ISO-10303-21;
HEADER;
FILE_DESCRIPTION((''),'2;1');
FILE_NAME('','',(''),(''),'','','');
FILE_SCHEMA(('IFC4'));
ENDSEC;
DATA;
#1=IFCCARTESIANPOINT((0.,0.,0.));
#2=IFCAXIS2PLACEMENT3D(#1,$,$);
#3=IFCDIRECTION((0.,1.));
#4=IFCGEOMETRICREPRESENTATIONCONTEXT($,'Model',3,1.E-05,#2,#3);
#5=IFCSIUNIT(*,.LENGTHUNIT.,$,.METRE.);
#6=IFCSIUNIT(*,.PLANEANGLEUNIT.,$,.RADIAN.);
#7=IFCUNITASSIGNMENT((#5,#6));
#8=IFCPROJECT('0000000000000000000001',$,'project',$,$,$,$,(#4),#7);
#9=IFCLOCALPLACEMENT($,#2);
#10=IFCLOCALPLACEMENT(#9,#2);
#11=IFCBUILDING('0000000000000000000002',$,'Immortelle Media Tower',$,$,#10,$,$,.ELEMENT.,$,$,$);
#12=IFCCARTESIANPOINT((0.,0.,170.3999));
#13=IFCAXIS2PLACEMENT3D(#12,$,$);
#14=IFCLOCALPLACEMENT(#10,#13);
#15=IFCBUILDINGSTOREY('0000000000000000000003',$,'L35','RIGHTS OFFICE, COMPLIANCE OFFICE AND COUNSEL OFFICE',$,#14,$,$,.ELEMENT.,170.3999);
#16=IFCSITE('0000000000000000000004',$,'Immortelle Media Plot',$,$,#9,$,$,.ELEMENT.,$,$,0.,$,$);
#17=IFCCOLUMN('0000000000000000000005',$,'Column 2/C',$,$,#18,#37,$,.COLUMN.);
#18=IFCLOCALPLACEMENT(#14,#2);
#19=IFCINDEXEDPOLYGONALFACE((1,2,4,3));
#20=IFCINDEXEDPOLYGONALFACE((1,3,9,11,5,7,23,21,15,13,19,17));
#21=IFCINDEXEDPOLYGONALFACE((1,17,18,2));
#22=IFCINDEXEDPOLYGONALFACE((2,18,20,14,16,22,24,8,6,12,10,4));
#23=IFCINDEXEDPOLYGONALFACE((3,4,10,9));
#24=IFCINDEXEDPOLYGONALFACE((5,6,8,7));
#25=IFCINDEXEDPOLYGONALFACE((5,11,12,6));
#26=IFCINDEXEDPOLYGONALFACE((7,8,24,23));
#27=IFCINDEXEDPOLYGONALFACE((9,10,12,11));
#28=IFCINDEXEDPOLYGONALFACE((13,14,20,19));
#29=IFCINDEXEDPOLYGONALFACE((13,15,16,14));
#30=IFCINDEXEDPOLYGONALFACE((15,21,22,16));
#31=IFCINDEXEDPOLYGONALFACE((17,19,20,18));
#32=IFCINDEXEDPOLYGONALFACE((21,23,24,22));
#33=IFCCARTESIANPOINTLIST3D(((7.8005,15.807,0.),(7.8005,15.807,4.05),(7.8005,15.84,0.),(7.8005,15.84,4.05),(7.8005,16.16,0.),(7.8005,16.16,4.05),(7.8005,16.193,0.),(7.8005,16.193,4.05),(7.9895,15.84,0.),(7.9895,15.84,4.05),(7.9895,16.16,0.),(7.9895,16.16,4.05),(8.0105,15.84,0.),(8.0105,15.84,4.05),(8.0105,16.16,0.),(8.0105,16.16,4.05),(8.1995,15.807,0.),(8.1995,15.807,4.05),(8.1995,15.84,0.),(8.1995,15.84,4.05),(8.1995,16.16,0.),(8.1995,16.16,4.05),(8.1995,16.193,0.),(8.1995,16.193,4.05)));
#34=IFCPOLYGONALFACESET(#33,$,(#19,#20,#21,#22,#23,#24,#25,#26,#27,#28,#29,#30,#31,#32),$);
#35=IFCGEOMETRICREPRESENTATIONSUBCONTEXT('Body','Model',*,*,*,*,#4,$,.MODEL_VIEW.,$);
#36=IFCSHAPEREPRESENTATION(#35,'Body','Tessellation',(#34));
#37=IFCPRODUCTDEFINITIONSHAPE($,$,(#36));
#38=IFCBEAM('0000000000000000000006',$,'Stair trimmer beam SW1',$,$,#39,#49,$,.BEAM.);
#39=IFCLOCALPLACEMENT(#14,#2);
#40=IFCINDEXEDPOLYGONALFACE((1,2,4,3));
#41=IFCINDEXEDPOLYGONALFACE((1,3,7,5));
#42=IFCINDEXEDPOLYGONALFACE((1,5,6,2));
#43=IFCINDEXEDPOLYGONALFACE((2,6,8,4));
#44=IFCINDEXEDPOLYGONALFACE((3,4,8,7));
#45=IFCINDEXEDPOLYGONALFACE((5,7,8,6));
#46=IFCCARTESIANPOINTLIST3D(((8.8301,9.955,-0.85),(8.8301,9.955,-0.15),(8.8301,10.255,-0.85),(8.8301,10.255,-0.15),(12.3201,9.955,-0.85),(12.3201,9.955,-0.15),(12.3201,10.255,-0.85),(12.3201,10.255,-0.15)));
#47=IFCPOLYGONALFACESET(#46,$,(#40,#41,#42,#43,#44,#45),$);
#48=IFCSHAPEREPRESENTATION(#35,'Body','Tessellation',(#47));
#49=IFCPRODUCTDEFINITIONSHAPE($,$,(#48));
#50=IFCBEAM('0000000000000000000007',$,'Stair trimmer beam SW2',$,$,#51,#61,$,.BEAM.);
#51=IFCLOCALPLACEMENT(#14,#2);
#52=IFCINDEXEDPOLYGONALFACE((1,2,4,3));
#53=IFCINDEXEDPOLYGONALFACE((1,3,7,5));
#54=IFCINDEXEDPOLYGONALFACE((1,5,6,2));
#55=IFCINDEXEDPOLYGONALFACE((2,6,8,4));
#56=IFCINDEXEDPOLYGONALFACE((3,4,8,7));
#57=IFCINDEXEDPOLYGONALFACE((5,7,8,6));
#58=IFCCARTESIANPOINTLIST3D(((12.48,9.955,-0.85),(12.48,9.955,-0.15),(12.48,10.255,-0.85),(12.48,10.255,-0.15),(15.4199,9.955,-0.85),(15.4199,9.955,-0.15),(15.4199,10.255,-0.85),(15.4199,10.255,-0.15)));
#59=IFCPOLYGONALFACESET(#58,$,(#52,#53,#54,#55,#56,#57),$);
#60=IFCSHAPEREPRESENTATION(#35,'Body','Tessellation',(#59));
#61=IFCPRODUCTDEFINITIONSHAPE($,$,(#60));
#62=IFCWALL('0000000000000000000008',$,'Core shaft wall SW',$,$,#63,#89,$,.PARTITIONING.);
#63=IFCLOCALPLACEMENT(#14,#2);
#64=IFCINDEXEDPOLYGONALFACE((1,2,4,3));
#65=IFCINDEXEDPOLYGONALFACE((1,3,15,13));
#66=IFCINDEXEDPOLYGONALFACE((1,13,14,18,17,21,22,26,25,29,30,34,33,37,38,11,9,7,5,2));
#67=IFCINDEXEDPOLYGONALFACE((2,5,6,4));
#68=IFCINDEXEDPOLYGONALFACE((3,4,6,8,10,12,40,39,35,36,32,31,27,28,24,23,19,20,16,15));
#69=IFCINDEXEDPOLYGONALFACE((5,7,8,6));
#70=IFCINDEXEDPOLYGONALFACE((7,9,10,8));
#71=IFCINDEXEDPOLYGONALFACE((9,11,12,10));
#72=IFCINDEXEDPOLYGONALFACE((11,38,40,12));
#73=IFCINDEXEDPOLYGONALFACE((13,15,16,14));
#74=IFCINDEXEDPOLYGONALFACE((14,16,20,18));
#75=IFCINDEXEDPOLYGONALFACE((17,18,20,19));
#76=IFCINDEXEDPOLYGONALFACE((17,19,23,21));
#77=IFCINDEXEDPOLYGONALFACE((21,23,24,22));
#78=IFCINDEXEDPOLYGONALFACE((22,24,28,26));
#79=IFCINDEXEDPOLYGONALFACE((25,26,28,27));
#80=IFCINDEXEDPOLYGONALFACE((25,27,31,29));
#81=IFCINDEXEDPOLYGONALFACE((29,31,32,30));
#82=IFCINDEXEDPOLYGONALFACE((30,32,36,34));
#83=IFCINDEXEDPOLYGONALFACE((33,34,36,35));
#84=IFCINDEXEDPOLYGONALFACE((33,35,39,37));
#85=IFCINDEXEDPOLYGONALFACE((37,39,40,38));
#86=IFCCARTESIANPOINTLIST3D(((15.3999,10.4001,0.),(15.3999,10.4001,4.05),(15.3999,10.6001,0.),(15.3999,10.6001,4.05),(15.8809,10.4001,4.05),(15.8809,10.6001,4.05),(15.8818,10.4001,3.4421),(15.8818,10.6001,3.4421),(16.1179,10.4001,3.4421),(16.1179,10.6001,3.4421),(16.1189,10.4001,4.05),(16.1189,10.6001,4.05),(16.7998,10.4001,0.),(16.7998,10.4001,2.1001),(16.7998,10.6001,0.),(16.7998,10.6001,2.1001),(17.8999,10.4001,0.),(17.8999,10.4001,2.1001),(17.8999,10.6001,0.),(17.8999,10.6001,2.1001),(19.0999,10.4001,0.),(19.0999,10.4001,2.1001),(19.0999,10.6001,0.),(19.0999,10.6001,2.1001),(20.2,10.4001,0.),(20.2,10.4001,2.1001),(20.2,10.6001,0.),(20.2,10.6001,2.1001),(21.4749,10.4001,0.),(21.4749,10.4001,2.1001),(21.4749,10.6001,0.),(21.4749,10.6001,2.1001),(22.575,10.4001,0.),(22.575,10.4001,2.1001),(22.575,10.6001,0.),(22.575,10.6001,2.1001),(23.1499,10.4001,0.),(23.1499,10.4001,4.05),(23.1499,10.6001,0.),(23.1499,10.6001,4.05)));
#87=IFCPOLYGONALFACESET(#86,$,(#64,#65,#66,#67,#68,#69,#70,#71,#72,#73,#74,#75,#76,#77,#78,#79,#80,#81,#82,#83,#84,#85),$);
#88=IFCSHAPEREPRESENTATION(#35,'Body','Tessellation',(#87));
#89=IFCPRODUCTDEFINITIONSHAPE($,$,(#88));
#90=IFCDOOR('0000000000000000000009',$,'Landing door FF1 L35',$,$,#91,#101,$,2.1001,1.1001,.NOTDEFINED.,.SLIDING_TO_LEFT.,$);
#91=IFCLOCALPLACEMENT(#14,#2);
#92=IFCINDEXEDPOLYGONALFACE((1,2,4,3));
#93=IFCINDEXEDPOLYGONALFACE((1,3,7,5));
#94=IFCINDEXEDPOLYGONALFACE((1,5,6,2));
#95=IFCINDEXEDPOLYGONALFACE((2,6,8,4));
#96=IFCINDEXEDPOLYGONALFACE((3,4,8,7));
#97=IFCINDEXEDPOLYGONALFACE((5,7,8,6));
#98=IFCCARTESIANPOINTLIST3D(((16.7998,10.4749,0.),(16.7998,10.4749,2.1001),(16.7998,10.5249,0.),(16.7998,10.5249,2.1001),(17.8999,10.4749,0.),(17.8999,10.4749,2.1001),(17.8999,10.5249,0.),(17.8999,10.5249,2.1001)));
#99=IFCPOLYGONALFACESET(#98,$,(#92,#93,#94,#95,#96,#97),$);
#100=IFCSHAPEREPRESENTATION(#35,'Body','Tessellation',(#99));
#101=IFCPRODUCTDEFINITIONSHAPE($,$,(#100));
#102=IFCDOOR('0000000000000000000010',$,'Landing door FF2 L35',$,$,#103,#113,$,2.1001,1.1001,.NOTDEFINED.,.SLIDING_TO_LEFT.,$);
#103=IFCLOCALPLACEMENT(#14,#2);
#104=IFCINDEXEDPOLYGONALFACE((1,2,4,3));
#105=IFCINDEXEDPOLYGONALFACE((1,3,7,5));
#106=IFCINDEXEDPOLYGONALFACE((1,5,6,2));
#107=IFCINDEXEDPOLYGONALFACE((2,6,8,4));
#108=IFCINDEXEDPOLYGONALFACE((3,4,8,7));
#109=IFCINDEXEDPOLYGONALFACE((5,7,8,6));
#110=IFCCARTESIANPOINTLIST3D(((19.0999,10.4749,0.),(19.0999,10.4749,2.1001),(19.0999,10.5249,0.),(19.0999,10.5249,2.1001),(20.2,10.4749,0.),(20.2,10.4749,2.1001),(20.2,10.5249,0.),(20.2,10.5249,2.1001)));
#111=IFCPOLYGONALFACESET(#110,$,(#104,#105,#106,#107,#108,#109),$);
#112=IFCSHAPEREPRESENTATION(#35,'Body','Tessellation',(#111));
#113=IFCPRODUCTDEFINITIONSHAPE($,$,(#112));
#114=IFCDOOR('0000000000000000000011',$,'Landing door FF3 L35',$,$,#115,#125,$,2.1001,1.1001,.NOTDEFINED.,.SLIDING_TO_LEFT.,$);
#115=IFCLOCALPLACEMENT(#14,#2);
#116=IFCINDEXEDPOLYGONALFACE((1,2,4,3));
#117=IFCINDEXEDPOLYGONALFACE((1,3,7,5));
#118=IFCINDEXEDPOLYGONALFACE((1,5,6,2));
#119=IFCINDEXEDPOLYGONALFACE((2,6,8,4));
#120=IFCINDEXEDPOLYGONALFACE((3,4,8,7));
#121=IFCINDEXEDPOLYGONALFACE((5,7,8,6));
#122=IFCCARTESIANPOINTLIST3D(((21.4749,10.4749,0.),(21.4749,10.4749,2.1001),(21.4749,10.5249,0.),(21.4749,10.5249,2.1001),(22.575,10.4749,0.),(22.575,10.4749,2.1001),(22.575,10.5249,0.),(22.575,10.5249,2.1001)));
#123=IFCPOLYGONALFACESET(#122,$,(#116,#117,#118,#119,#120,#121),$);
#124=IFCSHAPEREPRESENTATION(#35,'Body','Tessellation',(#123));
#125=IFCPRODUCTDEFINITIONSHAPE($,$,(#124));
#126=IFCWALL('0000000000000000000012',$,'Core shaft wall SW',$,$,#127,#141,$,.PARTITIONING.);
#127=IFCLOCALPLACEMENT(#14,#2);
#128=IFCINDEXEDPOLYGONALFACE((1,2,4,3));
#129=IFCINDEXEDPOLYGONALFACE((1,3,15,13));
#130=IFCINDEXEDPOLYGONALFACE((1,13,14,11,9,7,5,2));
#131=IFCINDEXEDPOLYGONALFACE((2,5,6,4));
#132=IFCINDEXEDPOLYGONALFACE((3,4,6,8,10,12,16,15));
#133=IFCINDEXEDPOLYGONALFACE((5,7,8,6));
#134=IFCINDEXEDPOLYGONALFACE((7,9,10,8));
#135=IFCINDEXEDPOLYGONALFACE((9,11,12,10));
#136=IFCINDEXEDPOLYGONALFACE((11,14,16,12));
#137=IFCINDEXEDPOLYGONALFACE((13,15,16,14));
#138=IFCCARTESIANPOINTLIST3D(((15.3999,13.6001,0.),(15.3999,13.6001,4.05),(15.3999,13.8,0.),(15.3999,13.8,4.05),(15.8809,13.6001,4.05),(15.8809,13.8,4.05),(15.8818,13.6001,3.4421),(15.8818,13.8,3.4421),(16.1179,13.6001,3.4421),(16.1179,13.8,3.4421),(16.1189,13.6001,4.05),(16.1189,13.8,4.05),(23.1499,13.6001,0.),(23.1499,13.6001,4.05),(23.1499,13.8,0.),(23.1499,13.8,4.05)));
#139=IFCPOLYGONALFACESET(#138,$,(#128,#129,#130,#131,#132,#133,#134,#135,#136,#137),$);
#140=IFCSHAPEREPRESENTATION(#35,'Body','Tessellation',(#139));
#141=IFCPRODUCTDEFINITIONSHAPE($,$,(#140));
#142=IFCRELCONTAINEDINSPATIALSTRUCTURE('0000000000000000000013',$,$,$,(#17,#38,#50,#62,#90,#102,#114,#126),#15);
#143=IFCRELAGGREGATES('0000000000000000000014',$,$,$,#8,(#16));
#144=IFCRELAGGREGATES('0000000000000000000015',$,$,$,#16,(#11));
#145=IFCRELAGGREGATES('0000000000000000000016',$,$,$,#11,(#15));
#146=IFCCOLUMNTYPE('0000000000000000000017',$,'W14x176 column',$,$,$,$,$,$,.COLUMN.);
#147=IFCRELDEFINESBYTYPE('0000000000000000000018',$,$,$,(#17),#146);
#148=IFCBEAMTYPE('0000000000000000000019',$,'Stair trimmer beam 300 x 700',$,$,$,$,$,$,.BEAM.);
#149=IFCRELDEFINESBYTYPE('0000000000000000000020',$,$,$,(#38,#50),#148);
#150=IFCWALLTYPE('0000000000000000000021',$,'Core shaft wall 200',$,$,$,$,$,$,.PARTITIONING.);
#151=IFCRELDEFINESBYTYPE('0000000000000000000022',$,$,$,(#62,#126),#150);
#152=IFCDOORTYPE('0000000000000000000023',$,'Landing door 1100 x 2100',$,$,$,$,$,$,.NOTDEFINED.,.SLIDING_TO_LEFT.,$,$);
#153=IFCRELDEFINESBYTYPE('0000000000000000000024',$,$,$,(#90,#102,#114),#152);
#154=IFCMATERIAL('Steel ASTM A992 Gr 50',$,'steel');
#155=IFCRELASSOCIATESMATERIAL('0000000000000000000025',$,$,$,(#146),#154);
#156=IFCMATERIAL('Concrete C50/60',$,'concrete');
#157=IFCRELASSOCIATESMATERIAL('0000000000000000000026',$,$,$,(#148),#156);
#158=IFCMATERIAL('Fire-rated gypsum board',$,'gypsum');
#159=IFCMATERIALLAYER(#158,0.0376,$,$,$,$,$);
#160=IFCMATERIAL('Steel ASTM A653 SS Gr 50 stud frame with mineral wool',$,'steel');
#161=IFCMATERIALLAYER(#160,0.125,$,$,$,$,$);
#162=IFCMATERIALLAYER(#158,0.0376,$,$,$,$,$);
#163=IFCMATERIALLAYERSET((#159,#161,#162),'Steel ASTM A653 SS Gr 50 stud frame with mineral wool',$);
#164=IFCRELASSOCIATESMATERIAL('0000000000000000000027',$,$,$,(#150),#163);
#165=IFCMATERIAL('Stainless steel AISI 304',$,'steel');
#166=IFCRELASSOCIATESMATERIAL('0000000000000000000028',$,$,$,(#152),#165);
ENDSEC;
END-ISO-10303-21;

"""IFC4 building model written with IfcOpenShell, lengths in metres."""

from ifc_helpers import new_model, si_unit, direction, frame, frame_2d, origin, origin_2d, place, context, subcontext, project, spatial, polyline, rectangle, i_section, outline, extrude, material, layer, layer_set, material_profile, profile_set, type_object, element, fill, save


model = new_model("IFC4")

# Units and contexts
model_context = context("Model", 3, precision=1e-05, world=origin(), true_north=direction((0.0, 1.0)))
body_context = subcontext(model_context, "Body", "Model", "MODEL_VIEW")
ifc_project = project(units=[si_unit("LENGTHUNIT", "METRE"), si_unit("PLANEANGLEUNIT", "RADIAN")], contexts=[model_context])

# Site, building, storey
site_placement = place(None, origin())
site = spatial("IfcSite", under=ifc_project, at=site_placement, Name="Immortelle Media Plot", CompositionType="ELEMENT", RefElevation=0.0)
building_placement = place(site_placement, origin())
building = spatial("IfcBuilding", under=site, at=building_placement, Name="Immortelle Media Tower", CompositionType="ELEMENT")
storey_placement = place(building_placement, frame((0.0, 0.0, 170.3999)))
storey = spatial("IfcBuildingStorey", under=building, at=storey_placement, Name="L35", Description="RIGHTS OFFICE, COMPLIANCE OFFICE AND COUNSEL OFFICE", CompositionType="ELEMENT", Elevation=170.3999)

# Column
ifc_material_1 = material(Name="Steel ASTM A992 Gr 50", Category="steel")
ifc_material_profile_1 = material_profile(ifc_material_1, i_section(OverallWidth=0.3989, OverallDepth=0.386, WebThickness=0.021, FlangeThickness=0.033, at=origin_2d()), Name="W14x176")
ifc_profile_set_1 = profile_set([ifc_material_profile_1], Name="Steel ASTM A992 Gr 50")
column_type = type_object("IfcColumnType", Name="W14x176 column", PredefinedType="COLUMN", material=ifc_profile_set_1)
column_placement = place(storey_placement, frame((8.0, 16.0, 0.0), z_axis=(0.0, 0.0, 1.0), x_axis=(1.0, 0.0, 0.0)))
element("IfcColumn", 1, at=column_placement, inside=storey, type_object=column_type, Name="Column 2/C", PredefinedType="COLUMN", context=body_context, shape_type="SweptSolid", body=[
    extrude(i_section(OverallWidth=0.3989, OverallDepth=0.386, WebThickness=0.021, FlangeThickness=0.033, at=origin_2d()), origin(), (0.0, 0.0, 1.0), 4.05),
])

# Beams
ifc_material_2 = material(Name="Concrete C50/60", Category="concrete")
ifc_material_profile_2 = material_profile(ifc_material_2, rectangle(XDim=0.3, YDim=0.7, at=origin_2d()), Name="RC 300x700")
ifc_profile_set_2 = profile_set([ifc_material_profile_2], Name="Concrete C50/60")
beam_type = type_object("IfcBeamType", Name="Stair trimmer beam 300 x 700", PredefinedType="BEAM", material=ifc_profile_set_2)
beam_1_placement = place(storey_placement, frame((8.8301, 10.105, -0.5), z_axis=(1.0, 0.0, 0.0), x_axis=(0.0, 1.0, 0.0)))
element("IfcBeam", 2, at=beam_1_placement, inside=storey, type_object=beam_type, Name="Stair trimmer beam SW1", PredefinedType="BEAM", context=body_context, shape_type="SweptSolid", body=[
    extrude(rectangle(XDim=0.3, YDim=0.7, at=origin_2d()), origin(), (0.0, 0.0, 1.0), 3.49),
])
beam_2_placement = place(storey_placement, frame((12.48, 10.105, -0.5), z_axis=(1.0, 0.0, 0.0), x_axis=(0.0, 1.0, 0.0)))
element("IfcBeam", 3, at=beam_2_placement, inside=storey, type_object=beam_type, Name="Stair trimmer beam SW2", PredefinedType="BEAM", context=body_context, shape_type="SweptSolid", body=[
    extrude(rectangle(XDim=0.3, YDim=0.7, at=origin_2d()), origin(), (0.0, 0.0, 1.0), 2.9399),
])

# Wall, openings, doors
ifc_material_3 = material(Name="Fire-rated gypsum board", Category="gypsum")
ifc_layer_1 = layer(ifc_material_3, 0.0376)
ifc_material_4 = material(Name="Steel ASTM A653 SS Gr 50 stud frame with mineral wool", Category="steel")
ifc_layer_2 = layer(ifc_material_4, 0.125)
ifc_layer_3 = layer(ifc_material_3, 0.0376)
ifc_layer_set_1 = layer_set([ifc_layer_1, ifc_layer_2, ifc_layer_3], Name="Steel ASTM A653 SS Gr 50 stud frame with mineral wool")
wall_type_1 = type_object("IfcWallType", Name="Core shaft wall 200", PredefinedType="PARTITIONING", material=ifc_layer_set_1)
wall_1_placement = place(storey_placement, frame((15.3999, 10.5, 0.0), z_axis=(0.0, 0.0, 1.0), x_axis=(1.0, 0.0, 0.0)))
wall_1 = element("IfcWall", 4, at=wall_1_placement, inside=storey, type_object=wall_type_1, Name="Core shaft wall SW", PredefinedType="PARTITIONING", context=body_context, shape_type="SweptSolid", body=[
    extrude(outline(polyline([(0.0, 0.0), (7.75, 0.0), (7.75, 4.05), (0.719, 4.05), (0.718, 3.4421), (0.4819, 3.4421), (0.481, 4.05), (0.0, 4.05), (0.0, 0.0)])), frame((0.0, 0.1001, 0.0), z_axis=(0.0, -1.0, 0.0), x_axis=(1.0, 0.0, 0.0)), (0.0, 0.0, 1.0), 0.2),
])
opening_1_placement = place(wall_1_placement, frame((1.3999, 0.0, 0.0)))
opening_1 = element("IfcOpeningElement", 5, at=opening_1_placement, cuts=wall_1, PredefinedType="OPENING", context=body_context, shape_type="SweptSolid", body=[
    extrude(rectangle(XDim=1.1001, YDim=2.1001, at=frame_2d((0.55, 1.05))), frame((0.0, 0.1099, 0.0), z_axis=(0.0, -1.0, 0.0), x_axis=(1.0, 0.0, 0.0)), (0.0, 0.0, 1.0), 0.22),
])
opening_2_placement = place(wall_1_placement, frame((3.7, 0.0, 0.0)))
opening_2 = element("IfcOpeningElement", 6, at=opening_2_placement, cuts=wall_1, PredefinedType="OPENING", context=body_context, shape_type="SweptSolid", body=[
    extrude(rectangle(XDim=1.1001, YDim=2.1001, at=frame_2d((0.55, 1.05))), frame((0.0, 0.1099, 0.0), z_axis=(0.0, -1.0, 0.0), x_axis=(1.0, 0.0, 0.0)), (0.0, 0.0, 1.0), 0.22),
])
opening_3_placement = place(wall_1_placement, frame((6.075, 0.0, 0.0)))
opening_3 = element("IfcOpeningElement", 7, at=opening_3_placement, cuts=wall_1, PredefinedType="OPENING", context=body_context, shape_type="SweptSolid", body=[
    extrude(rectangle(XDim=1.1001, YDim=2.1001, at=frame_2d((0.55, 1.05))), frame((0.0, 0.1099, 0.0), z_axis=(0.0, -1.0, 0.0), x_axis=(1.0, 0.0, 0.0)), (0.0, 0.0, 1.0), 0.22),
])
ifc_material_5 = material(Name="Stainless steel AISI 304", Category="steel")
door_type_1 = type_object("IfcDoorType", Name="Landing door 1100 x 2100", OperationType="SLIDING_TO_LEFT", PredefinedType="NOTDEFINED", material=ifc_material_5)
door_1_placement = place(opening_1_placement, origin())
door_1 = element("IfcDoor", 8, at=door_1_placement, inside=storey, type_object=door_type_1, Name="Landing door FF1 L35", OperationType="SLIDING_TO_LEFT", OverallHeight=2.1001, OverallWidth=1.1001, PredefinedType="NOTDEFINED", context=body_context, shape_type="SweptSolid", body=[
    extrude(rectangle(XDim=1.1001, YDim=2.1001, at=frame_2d((0.55, 1.05))), frame((0.0, 0.0249, 0.0), z_axis=(0.0, -1.0, 0.0), x_axis=(1.0, 0.0, 0.0)), (0.0, 0.0, 1.0), 0.05),
])
fill(opening_1, door_1)
door_2_placement = place(opening_2_placement, origin())
door_2 = element("IfcDoor", 9, at=door_2_placement, inside=storey, type_object=door_type_1, Name="Landing door FF2 L35", OperationType="SLIDING_TO_LEFT", OverallHeight=2.1001, OverallWidth=1.1001, PredefinedType="NOTDEFINED", context=body_context, shape_type="SweptSolid", body=[
    extrude(rectangle(XDim=1.1001, YDim=2.1001, at=frame_2d((0.55, 1.05))), frame((0.0, 0.0249, 0.0), z_axis=(0.0, -1.0, 0.0), x_axis=(1.0, 0.0, 0.0)), (0.0, 0.0, 1.0), 0.05),
])
fill(opening_2, door_2)
door_3_placement = place(opening_3_placement, origin())
door_3 = element("IfcDoor", 10, at=door_3_placement, inside=storey, type_object=door_type_1, Name="Landing door FF3 L35", OperationType="SLIDING_TO_LEFT", OverallHeight=2.1001, OverallWidth=1.1001, PredefinedType="NOTDEFINED", context=body_context, shape_type="SweptSolid", body=[
    extrude(rectangle(XDim=1.1001, YDim=2.1001, at=frame_2d((0.55, 1.05))), frame((0.0, 0.0249, 0.0), z_axis=(0.0, -1.0, 0.0), x_axis=(1.0, 0.0, 0.0)), (0.0, 0.0, 1.0), 0.05),
])
fill(opening_3, door_3)

# Wall
wall_2_placement = place(storey_placement, frame((15.3999, 13.7, 0.0), z_axis=(0.0, 0.0, 1.0), x_axis=(1.0, 0.0, 0.0)))
element("IfcWall", 11, at=wall_2_placement, inside=storey, type_object=wall_type_1, Name="Core shaft wall SW", PredefinedType="PARTITIONING", context=body_context, shape_type="SweptSolid", body=[
    extrude(outline(polyline([(0.0, 0.0), (7.75, 0.0), (7.75, 4.05), (0.719, 4.05), (0.718, 3.4421), (0.4819, 3.4421), (0.481, 4.05), (0.0, 4.05), (0.0, 0.0)])), frame((0.0, 0.1001, 0.0), z_axis=(0.0, -1.0, 0.0), x_axis=(1.0, 0.0, 0.0)), (0.0, 0.0, 1.0), 0.2),
])

save(model, "model.ifc")
